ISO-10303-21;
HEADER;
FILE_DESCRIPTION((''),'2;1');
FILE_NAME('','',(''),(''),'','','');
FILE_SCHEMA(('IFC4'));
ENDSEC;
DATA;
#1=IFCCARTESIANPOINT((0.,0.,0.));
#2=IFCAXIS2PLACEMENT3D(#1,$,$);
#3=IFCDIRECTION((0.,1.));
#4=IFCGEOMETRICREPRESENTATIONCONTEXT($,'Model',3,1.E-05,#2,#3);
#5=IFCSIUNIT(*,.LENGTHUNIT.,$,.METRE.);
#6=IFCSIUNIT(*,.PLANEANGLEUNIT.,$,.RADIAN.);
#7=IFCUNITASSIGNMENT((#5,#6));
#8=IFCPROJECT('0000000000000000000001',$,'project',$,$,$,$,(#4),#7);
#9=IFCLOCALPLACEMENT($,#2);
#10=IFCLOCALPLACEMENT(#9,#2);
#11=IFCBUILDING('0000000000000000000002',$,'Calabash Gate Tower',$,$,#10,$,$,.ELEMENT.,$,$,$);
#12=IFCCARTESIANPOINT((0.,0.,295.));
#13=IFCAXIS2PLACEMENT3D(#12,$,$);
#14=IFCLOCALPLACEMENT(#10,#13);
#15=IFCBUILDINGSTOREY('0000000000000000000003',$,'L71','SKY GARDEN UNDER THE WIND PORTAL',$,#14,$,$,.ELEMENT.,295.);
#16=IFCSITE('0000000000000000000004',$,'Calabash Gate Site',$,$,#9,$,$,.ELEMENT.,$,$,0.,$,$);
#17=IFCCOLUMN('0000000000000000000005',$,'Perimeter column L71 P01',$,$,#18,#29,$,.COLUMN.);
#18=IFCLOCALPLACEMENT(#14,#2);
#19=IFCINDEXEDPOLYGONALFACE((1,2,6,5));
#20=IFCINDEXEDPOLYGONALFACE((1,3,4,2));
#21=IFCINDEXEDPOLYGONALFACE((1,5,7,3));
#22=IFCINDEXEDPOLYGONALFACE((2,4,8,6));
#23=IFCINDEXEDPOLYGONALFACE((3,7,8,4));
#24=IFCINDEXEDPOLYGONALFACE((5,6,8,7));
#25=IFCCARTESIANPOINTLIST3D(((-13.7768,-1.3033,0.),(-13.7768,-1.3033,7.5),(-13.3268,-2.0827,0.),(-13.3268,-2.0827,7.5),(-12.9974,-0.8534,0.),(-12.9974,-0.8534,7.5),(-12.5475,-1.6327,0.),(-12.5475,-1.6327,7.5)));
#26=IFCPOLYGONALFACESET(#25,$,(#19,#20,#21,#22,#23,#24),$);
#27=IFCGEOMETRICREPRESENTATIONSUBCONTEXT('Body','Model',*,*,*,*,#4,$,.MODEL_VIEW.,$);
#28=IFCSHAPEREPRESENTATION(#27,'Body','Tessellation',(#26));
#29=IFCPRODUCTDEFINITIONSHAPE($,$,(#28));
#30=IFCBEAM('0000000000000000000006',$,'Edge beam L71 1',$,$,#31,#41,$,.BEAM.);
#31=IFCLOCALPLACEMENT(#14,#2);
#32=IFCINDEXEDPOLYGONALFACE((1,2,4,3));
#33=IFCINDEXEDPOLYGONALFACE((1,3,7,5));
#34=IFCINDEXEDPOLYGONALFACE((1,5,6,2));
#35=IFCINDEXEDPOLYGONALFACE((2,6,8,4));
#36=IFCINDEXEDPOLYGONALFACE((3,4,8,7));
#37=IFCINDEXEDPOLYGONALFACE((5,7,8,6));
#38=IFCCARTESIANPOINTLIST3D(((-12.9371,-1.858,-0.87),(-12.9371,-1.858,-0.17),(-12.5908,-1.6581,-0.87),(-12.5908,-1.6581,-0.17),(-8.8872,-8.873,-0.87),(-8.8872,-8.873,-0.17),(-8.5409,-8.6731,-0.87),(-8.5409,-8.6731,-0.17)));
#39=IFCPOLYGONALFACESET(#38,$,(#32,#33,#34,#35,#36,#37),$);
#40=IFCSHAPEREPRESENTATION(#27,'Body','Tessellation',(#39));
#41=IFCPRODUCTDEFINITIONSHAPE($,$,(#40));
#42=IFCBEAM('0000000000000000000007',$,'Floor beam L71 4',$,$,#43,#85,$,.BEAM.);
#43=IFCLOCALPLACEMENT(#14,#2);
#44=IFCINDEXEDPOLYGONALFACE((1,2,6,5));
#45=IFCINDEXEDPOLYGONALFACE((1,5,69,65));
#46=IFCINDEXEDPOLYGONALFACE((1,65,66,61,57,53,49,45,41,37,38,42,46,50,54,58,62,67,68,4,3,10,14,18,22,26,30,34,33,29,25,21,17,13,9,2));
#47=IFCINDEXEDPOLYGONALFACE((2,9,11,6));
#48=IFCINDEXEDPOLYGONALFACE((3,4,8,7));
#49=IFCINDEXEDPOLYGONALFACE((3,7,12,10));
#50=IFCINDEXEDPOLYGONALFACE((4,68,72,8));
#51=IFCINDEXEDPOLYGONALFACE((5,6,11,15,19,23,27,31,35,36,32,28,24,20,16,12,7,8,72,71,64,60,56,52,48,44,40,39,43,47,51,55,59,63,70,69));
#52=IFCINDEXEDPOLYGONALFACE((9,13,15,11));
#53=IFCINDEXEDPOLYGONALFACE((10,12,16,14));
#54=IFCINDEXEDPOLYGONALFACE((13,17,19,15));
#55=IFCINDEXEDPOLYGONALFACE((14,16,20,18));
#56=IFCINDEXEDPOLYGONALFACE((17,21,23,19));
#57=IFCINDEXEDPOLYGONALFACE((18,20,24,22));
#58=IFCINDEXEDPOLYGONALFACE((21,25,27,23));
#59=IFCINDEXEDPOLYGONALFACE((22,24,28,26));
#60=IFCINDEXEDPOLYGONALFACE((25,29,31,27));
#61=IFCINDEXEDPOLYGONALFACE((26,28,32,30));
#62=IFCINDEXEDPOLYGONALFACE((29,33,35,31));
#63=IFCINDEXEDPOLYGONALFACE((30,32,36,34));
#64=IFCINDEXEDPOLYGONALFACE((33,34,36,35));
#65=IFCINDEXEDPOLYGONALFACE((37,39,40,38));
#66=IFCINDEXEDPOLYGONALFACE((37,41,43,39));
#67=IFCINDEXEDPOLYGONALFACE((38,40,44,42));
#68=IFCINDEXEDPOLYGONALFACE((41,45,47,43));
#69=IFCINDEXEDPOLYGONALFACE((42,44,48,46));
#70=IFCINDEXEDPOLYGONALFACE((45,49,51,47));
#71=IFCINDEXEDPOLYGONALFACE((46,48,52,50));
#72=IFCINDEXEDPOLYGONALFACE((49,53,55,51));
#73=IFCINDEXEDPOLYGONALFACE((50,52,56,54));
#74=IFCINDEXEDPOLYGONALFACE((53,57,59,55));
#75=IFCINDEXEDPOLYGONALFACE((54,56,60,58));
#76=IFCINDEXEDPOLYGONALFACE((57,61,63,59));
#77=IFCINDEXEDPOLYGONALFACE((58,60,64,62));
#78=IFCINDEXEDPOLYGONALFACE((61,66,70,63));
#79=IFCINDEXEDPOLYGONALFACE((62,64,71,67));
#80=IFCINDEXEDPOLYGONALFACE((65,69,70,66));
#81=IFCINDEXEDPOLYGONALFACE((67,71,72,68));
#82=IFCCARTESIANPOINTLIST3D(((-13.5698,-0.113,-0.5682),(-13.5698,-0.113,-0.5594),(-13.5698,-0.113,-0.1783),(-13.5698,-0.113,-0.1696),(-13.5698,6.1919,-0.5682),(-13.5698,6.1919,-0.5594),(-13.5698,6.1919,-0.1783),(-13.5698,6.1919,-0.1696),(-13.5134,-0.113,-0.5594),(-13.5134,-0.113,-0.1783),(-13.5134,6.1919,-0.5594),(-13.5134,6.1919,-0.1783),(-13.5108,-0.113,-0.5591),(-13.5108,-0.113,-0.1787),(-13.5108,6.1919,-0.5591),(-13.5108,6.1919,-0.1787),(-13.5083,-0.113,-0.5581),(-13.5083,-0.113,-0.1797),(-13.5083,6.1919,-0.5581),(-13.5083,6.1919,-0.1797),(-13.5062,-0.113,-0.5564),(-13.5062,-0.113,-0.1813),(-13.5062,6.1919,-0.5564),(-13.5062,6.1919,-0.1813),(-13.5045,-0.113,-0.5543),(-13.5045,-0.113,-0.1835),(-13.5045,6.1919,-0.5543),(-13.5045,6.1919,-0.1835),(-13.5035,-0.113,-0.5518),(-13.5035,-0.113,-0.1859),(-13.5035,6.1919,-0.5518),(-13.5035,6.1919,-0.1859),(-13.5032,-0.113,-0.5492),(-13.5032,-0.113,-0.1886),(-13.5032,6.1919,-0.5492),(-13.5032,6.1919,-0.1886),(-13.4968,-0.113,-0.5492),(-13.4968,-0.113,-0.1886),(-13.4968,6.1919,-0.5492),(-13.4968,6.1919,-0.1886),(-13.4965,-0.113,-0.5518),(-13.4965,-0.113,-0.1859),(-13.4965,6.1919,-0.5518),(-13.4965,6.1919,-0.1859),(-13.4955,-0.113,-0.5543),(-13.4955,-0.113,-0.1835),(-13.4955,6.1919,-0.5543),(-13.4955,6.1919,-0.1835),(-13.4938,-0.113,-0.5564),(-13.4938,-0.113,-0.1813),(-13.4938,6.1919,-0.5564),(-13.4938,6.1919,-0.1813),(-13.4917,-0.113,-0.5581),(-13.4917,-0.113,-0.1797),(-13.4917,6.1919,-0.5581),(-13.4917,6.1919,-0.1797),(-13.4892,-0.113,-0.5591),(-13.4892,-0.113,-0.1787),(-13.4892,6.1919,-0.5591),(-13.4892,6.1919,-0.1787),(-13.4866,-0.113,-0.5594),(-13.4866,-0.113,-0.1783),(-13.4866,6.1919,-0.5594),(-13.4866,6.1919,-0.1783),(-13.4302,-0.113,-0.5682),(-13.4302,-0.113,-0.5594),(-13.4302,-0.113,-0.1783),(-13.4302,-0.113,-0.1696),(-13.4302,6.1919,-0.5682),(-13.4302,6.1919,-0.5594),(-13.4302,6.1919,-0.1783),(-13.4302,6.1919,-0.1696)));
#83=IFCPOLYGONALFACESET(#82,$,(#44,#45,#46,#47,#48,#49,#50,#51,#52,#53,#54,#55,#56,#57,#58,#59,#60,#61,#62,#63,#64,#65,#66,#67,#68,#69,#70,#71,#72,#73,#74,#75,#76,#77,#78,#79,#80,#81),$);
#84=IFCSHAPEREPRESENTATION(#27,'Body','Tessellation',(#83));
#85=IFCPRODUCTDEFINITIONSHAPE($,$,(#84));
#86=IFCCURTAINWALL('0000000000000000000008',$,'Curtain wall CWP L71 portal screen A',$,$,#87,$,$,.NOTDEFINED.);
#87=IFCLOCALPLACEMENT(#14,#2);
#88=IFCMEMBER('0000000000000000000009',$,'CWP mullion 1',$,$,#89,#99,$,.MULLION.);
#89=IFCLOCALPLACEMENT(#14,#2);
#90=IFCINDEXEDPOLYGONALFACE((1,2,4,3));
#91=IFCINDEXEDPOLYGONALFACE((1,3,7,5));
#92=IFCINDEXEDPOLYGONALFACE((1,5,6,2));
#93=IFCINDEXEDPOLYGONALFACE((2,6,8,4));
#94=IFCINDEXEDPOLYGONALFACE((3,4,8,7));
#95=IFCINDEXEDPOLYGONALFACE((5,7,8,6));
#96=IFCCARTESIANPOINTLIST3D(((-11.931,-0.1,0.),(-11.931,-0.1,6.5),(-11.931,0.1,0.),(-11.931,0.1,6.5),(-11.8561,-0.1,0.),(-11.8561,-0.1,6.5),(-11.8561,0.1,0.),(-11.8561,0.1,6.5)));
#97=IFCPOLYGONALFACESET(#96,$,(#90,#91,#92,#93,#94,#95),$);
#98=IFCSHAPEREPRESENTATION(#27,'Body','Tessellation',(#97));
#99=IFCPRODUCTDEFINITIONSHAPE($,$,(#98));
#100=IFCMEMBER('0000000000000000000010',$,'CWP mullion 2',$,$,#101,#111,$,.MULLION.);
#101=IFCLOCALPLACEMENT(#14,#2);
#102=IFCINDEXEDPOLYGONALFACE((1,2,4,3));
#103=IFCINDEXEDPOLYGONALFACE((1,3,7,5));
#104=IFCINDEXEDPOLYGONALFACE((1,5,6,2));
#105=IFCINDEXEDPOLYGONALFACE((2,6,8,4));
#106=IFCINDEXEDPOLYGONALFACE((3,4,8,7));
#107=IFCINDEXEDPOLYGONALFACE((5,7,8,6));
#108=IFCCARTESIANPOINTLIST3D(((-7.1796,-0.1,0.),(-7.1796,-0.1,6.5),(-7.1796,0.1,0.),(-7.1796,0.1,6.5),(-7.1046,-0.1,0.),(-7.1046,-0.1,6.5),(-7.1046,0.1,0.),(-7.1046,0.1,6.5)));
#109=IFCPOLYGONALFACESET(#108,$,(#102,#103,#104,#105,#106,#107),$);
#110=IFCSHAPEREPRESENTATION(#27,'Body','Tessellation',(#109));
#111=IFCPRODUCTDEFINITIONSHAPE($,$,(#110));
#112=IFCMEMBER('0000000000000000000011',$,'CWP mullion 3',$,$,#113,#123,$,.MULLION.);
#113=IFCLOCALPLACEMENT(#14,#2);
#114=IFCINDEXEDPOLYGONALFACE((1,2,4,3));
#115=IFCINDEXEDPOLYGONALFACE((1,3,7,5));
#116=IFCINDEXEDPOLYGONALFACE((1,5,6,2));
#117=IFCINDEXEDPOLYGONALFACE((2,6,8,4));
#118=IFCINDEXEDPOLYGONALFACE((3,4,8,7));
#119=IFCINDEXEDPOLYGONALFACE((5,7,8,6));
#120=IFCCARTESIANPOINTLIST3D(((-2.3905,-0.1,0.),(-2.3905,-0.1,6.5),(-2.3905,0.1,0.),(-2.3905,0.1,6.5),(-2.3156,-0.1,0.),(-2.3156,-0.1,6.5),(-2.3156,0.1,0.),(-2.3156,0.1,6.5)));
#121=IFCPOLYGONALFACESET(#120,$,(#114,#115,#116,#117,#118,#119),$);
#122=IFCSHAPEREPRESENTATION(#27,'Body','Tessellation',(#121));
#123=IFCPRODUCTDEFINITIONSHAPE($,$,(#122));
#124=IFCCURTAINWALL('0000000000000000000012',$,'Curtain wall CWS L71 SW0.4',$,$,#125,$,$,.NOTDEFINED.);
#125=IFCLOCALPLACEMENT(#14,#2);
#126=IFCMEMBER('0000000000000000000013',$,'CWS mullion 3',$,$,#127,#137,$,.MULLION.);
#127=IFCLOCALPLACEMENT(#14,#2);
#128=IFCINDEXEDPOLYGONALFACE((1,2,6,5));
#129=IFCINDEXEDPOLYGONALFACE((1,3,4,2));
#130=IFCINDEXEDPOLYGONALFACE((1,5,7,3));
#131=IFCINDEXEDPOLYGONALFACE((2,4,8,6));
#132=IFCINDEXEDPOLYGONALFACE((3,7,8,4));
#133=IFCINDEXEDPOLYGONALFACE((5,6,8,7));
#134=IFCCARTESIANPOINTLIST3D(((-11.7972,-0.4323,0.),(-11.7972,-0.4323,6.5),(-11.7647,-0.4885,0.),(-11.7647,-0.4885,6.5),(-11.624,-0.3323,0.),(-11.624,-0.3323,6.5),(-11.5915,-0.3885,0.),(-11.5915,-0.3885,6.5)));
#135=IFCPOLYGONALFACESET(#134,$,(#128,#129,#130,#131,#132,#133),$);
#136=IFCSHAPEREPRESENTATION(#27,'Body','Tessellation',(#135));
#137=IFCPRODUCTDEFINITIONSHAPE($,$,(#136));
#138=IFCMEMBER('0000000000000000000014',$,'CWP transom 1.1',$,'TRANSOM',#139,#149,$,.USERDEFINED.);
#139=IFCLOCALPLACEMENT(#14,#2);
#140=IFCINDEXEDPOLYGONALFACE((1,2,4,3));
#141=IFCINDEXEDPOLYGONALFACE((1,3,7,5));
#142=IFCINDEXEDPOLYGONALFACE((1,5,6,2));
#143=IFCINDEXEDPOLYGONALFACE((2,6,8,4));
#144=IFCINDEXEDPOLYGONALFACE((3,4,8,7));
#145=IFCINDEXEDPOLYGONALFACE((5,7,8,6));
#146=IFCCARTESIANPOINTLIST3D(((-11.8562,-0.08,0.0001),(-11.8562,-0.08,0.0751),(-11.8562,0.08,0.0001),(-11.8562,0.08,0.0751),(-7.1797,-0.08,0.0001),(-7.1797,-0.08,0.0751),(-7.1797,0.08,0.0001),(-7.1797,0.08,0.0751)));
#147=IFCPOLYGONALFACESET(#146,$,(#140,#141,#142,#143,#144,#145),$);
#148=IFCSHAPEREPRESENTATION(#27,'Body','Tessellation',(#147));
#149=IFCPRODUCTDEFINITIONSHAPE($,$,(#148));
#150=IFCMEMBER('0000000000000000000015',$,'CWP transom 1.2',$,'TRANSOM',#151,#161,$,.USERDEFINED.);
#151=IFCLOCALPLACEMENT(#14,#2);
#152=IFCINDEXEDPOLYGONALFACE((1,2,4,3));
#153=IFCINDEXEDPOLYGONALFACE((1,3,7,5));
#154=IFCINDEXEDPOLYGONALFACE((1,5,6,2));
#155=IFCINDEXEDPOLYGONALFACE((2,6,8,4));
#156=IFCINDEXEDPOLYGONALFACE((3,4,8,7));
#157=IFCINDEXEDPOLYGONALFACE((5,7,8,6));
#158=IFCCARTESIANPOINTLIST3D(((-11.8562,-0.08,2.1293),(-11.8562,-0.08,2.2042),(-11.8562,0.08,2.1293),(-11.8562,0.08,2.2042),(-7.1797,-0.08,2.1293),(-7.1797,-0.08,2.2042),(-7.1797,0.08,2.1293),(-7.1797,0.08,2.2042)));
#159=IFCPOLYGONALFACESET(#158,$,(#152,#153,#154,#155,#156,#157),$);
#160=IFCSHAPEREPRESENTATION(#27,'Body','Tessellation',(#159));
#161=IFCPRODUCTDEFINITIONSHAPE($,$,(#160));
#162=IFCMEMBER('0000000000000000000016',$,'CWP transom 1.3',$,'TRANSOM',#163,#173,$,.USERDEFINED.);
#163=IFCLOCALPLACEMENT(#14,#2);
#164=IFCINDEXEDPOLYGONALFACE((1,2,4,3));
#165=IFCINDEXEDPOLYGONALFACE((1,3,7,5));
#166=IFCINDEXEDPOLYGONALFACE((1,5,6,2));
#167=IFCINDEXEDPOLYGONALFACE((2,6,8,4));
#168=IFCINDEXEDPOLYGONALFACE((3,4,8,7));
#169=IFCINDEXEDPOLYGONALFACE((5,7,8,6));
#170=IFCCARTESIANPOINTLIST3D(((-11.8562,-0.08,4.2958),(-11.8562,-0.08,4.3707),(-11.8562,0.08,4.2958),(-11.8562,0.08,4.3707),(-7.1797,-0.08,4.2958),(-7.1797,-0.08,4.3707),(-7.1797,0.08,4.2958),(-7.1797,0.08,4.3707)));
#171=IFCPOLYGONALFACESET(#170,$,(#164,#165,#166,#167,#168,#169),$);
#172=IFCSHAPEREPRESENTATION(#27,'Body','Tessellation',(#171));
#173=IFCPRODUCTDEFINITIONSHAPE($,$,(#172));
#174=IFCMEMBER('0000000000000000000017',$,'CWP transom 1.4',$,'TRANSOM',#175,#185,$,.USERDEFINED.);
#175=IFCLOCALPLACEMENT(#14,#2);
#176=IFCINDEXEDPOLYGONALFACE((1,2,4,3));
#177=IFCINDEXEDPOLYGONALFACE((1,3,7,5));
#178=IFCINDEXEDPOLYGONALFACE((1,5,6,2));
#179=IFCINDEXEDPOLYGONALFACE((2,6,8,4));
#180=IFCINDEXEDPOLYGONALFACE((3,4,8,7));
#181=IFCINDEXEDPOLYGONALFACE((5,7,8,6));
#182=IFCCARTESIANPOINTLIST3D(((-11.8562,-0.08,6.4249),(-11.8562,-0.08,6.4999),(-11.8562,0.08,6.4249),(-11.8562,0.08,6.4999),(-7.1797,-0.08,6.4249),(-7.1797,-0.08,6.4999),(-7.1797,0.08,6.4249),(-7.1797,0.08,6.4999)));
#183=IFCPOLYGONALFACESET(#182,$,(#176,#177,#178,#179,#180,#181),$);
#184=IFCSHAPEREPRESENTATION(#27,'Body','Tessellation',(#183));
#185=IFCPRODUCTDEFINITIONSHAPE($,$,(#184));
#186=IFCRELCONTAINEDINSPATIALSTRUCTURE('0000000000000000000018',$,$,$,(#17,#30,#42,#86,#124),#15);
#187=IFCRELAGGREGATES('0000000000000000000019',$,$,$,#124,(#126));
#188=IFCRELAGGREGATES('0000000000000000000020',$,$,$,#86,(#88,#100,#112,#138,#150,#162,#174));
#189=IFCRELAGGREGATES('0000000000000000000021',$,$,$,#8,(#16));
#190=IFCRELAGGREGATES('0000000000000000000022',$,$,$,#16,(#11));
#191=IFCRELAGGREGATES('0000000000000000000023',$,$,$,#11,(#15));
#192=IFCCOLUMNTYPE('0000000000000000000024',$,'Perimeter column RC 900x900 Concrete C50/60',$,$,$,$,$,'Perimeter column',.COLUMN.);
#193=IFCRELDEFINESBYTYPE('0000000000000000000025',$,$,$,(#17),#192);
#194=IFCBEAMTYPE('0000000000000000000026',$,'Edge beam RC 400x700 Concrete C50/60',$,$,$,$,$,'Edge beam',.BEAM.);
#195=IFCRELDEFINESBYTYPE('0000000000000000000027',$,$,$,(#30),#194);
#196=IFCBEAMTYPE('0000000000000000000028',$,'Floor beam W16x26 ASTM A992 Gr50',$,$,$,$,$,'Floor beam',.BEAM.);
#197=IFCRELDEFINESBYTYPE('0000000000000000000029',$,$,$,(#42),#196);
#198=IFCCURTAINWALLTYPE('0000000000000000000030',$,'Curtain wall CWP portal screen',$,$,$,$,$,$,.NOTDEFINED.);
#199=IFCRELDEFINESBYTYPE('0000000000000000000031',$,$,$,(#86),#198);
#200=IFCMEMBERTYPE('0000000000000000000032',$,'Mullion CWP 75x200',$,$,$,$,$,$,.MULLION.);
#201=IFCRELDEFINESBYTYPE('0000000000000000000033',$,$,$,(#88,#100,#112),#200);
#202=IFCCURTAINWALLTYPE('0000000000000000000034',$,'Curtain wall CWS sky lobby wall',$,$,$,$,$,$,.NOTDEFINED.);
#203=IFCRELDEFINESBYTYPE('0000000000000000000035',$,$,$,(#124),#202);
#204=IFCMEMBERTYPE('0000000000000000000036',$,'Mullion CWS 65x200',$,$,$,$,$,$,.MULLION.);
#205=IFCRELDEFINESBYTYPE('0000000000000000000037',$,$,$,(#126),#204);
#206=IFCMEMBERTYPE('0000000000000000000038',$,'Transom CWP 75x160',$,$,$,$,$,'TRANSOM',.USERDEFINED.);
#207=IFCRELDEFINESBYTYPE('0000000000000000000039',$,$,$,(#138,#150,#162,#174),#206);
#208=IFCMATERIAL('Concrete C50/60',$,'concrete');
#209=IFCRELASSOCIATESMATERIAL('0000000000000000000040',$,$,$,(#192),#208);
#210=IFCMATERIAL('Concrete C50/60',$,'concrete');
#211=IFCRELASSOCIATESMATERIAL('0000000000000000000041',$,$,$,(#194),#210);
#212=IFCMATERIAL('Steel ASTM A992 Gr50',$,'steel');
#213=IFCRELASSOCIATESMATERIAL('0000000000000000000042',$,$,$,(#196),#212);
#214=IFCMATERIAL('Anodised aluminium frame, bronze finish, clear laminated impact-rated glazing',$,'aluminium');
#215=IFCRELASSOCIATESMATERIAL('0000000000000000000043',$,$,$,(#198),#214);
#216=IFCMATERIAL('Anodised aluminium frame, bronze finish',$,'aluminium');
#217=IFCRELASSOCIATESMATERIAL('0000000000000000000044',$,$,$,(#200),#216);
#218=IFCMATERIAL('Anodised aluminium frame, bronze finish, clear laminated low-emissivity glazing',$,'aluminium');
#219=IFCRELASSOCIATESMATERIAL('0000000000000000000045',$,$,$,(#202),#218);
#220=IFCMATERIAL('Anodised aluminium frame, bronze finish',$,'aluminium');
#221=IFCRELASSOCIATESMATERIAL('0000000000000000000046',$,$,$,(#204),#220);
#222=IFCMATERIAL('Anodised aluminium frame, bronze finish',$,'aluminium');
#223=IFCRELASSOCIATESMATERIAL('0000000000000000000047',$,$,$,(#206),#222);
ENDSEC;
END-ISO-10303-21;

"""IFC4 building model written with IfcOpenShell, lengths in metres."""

from ifc_helpers import new_model, si_unit, direction, frame, origin, origin_2d, place, context, subcontext, project, spatial, rectangle, i_section, extrude, material, material_profile, profile_set, type_object, element, aggregate, save


model = new_model("IFC4")

# Units and contexts
model_context = context("Model", 3, precision=1e-05, world=origin(), true_north=direction((0.0, 1.0)))
body_context = subcontext(model_context, "Body", "Model", "MODEL_VIEW")
ifc_project = project(units=[si_unit("LENGTHUNIT", "METRE"), si_unit("PLANEANGLEUNIT", "RADIAN")], contexts=[model_context])

# Site, building, storey
site_placement = place(None, origin())
site = spatial("IfcSite", under=ifc_project, at=site_placement, Name="Calabash Gate Site", CompositionType="ELEMENT", RefElevation=0.0)
building_placement = place(site_placement, origin())
building = spatial("IfcBuilding", under=site, at=building_placement, Name="Calabash Gate Tower", CompositionType="ELEMENT")
storey_placement = place(building_placement, frame((0.0, 0.0, 295.0)))
storey = spatial("IfcBuildingStorey", under=building, at=storey_placement, Name="L71", Description="SKY GARDEN UNDER THE WIND PORTAL", CompositionType="ELEMENT", Elevation=295.0)

# Column
ifc_material_1 = material(Name="Concrete C50/60", Category="concrete")
ifc_material_profile_1 = material_profile(ifc_material_1, rectangle(XDim=0.8999, YDim=0.8999, at=origin_2d()))
ifc_profile_set_1 = profile_set([ifc_material_profile_1], Name="Concrete C50/60")
column_type = type_object("IfcColumnType", Name="Perimeter column RC 900x900 Concrete C50/60", ElementType="Perimeter column", PredefinedType="COLUMN", material=ifc_profile_set_1)
column_placement = place(storey_placement, frame((-13.1621, -1.468, 0.0), z_axis=(0.0, 0.0, 1.0), x_axis=(0.5, -0.866025, 0.0)))
element("IfcColumn", 1, at=column_placement, inside=storey, type_object=column_type, Name="Perimeter column L71 P01", PredefinedType="COLUMN", context=body_context, shape_type="SweptSolid", body=[
    extrude(rectangle(XDim=0.8999, YDim=0.8999, at=origin_2d()), origin(), (0.0, 0.0, 1.0), 7.5),
])

# Beams
ifc_material_2 = material(Name="Concrete C50/60", Category="concrete")
ifc_material_profile_2 = material_profile(ifc_material_2, rectangle(XDim=0.3999, YDim=0.7, at=origin_2d()))
ifc_profile_set_2 = profile_set([ifc_material_profile_2], Name="Concrete C50/60")
beam_type_1 = type_object("IfcBeamType", Name="Edge beam RC 400x700 Concrete C50/60", ElementType="Edge beam", PredefinedType="BEAM", material=ifc_profile_set_2)
beam_1_placement = place(storey_placement, frame((-12.7639, -1.7581, -0.52), z_axis=(0.499977, -0.866039, 0.0), x_axis=(0.866039, 0.499977, 0.0)))
element("IfcBeam", 2, at=beam_1_placement, inside=storey, type_object=beam_type_1, Name="Edge beam L71 1", PredefinedType="BEAM", context=body_context, shape_type="SweptSolid", body=[
    extrude(rectangle(XDim=0.3999, YDim=0.7, at=origin_2d()), origin(), (0.0, 0.0, 1.0), 8.1001),
])
ifc_material_3 = material(Name="Steel ASTM A992 Gr50", Category="steel")
ifc_material_profile_3 = material_profile(ifc_material_3, i_section(OverallWidth=0.1396, OverallDepth=0.3987, WebThickness=0.0063, FlangeThickness=0.0088, FilletRadius=0.0103, at=origin_2d()))
ifc_profile_set_3 = profile_set([ifc_material_profile_3], Name="Steel ASTM A992 Gr50")
beam_type_2 = type_object("IfcBeamType", Name="Floor beam W16x26 ASTM A992 Gr50", ElementType="Floor beam", PredefinedType="BEAM", material=ifc_profile_set_3)
beam_2_placement = place(storey_placement, frame((-13.5, -0.113, -0.3689), z_axis=(0.0, 1.0, 0.0), x_axis=(-1.0, 0.0, 0.0)))
element("IfcBeam", 3, at=beam_2_placement, inside=storey, type_object=beam_type_2, Name="Floor beam L71 4", PredefinedType="BEAM", context=body_context, shape_type="SweptSolid", body=[
    extrude(i_section(OverallWidth=0.1396, OverallDepth=0.3987, WebThickness=0.0063, FlangeThickness=0.0088, FilletRadius=0.0103, at=origin_2d()), origin(), (0.0, 0.0, 1.0), 6.3049),
])

# Curtain wall, members
ifc_material_4 = material(Name="Anodised aluminium frame, bronze finish, clear laminated impact-rated glazing", Category="aluminium")
curtain_wall_type_1 = type_object("IfcCurtainWallType", Name="Curtain wall CWP portal screen", PredefinedType="NOTDEFINED", material=ifc_material_4)
curtain_wall_1_placement = place(storey_placement, origin())
curtain_wall_1 = element("IfcCurtainWall", 4, at=curtain_wall_1_placement, inside=storey, type_object=curtain_wall_type_1, Name="Curtain wall CWP L71 portal screen A", PredefinedType="NOTDEFINED")
ifc_material_5 = material(Name="Anodised aluminium frame, bronze finish", Category="aluminium")
ifc_material_profile_4 = material_profile(ifc_material_5, rectangle(XDim=0.2, YDim=0.075, at=origin_2d()))
ifc_profile_set_4 = profile_set([ifc_material_profile_4], Name="Anodised aluminium frame, bronze finish")
member_type_1 = type_object("IfcMemberType", Name="Mullion CWP 75x200", PredefinedType="MULLION", material=ifc_profile_set_4)
member_1_placement = place(storey_placement, frame((-11.8936, 0.0, 0.0), z_axis=(0.0, 0.0, 1.0), x_axis=(0.0, 1.0, 0.0)))
member_1 = element("IfcMember", 5, at=member_1_placement, type_object=member_type_1, Name="CWP mullion 1", PredefinedType="MULLION", context=body_context, shape_type="SweptSolid", body=[
    extrude(rectangle(XDim=0.2, YDim=0.075, at=origin_2d()), origin(), (0.0, 0.0, 1.0), 6.5),
])
member_2_placement = place(storey_placement, frame((-7.1421, 0.0, 0.0), z_axis=(0.0, 0.0, 1.0), x_axis=(0.0, 1.0, 0.0)))
member_2 = element("IfcMember", 6, at=member_2_placement, type_object=member_type_1, Name="CWP mullion 2", PredefinedType="MULLION", context=body_context, shape_type="SweptSolid", body=[
    extrude(rectangle(XDim=0.2, YDim=0.075, at=origin_2d()), origin(), (0.0, 0.0, 1.0), 6.5),
])
member_3_placement = place(storey_placement, frame((-2.353, 0.0, 0.0), z_axis=(0.0, 0.0, 1.0), x_axis=(0.0, 1.0, 0.0)))
member_3 = element("IfcMember", 7, at=member_3_placement, type_object=member_type_1, Name="CWP mullion 3", PredefinedType="MULLION", context=body_context, shape_type="SweptSolid", body=[
    extrude(rectangle(XDim=0.2, YDim=0.075, at=origin_2d()), origin(), (0.0, 0.0, 1.0), 6.5),
])

# Curtain wall, member
ifc_material_6 = material(Name="Anodised aluminium frame, bronze finish, clear laminated low-emissivity glazing", Category="aluminium")
curtain_wall_type_2 = type_object("IfcCurtainWallType", Name="Curtain wall CWS sky lobby wall", PredefinedType="NOTDEFINED", material=ifc_material_6)
curtain_wall_2_placement = place(storey_placement, origin())
curtain_wall_2 = element("IfcCurtainWall", 8, at=curtain_wall_2_placement, inside=storey, type_object=curtain_wall_type_2, Name="Curtain wall CWS L71 SW0.4", PredefinedType="NOTDEFINED")
ifc_material_7 = material(Name="Anodised aluminium frame, bronze finish", Category="aluminium")
ifc_material_profile_5 = material_profile(ifc_material_7, rectangle(XDim=0.2, YDim=0.0649, at=origin_2d()))
ifc_profile_set_5 = profile_set([ifc_material_profile_5], Name="Anodised aluminium frame, bronze finish")
member_type_2 = type_object("IfcMemberType", Name="Mullion CWS 65x200", PredefinedType="MULLION", material=ifc_profile_set_5)
member_4_placement = place(storey_placement, frame((-11.6943, -0.4104, 0.0), z_axis=(0.0, 0.0, 1.0), x_axis=(0.866025, 0.5, 0.0)))
member_4 = element("IfcMember", 9, at=member_4_placement, type_object=member_type_2, Name="CWS mullion 3", PredefinedType="MULLION", context=body_context, shape_type="SweptSolid", body=[
    extrude(rectangle(XDim=0.2, YDim=0.0649, at=origin_2d()), origin(), (0.0, 0.0, 1.0), 6.5),
])
aggregate(curtain_wall_2, [member_4])

# Members
ifc_material_8 = material(Name="Anodised aluminium frame, bronze finish", Category="aluminium")
ifc_material_profile_6 = material_profile(ifc_material_8, rectangle(XDim=0.1599, YDim=0.075, at=origin_2d()))
ifc_profile_set_6 = profile_set([ifc_material_profile_6], Name="Anodised aluminium frame, bronze finish")
member_type_3 = type_object("IfcMemberType", Name="Transom CWP 75x160", ElementType="TRANSOM", PredefinedType="USERDEFINED", material=ifc_profile_set_6)
member_5_placement = place(storey_placement, frame((-11.8562, 0.0, 0.0376), z_axis=(1.0, 0.0, 0.0), x_axis=(0.0, 1.0, 0.0)))
member_5 = element("IfcMember", 10, at=member_5_placement, type_object=member_type_3, Name="CWP transom 1.1", ObjectType="TRANSOM", PredefinedType="USERDEFINED", context=body_context, shape_type="SweptSolid", body=[
    extrude(rectangle(XDim=0.1599, YDim=0.075, at=origin_2d()), origin(), (0.0, 0.0, 1.0), 4.6765),
])
member_6_placement = place(storey_placement, frame((-11.8562, 0.0, 2.1667), z_axis=(1.0, 0.0, 0.0), x_axis=(0.0, 1.0, 0.0)))
member_6 = element("IfcMember", 11, at=member_6_placement, type_object=member_type_3, Name="CWP transom 1.2", ObjectType="TRANSOM", PredefinedType="USERDEFINED", context=body_context, shape_type="SweptSolid", body=[
    extrude(rectangle(XDim=0.1599, YDim=0.075, at=origin_2d()), origin(), (0.0, 0.0, 1.0), 4.6765),
])
member_7_placement = place(storey_placement, frame((-11.8562, 0.0, 4.3333), z_axis=(1.0, 0.0, 0.0), x_axis=(0.0, 1.0, 0.0)))
member_7 = element("IfcMember", 12, at=member_7_placement, type_object=member_type_3, Name="CWP transom 1.3", ObjectType="TRANSOM", PredefinedType="USERDEFINED", context=body_context, shape_type="SweptSolid", body=[
    extrude(rectangle(XDim=0.1599, YDim=0.075, at=origin_2d()), origin(), (0.0, 0.0, 1.0), 4.6765),
])
member_8_placement = place(storey_placement, frame((-11.8562, 0.0, 6.4624), z_axis=(1.0, 0.0, 0.0), x_axis=(0.0, 1.0, 0.0)))
member_8 = element("IfcMember", 13, at=member_8_placement, type_object=member_type_3, Name="CWP transom 1.4", ObjectType="TRANSOM", PredefinedType="USERDEFINED", context=body_context, shape_type="SweptSolid", body=[
    extrude(rectangle(XDim=0.1599, YDim=0.075, at=origin_2d()), origin(), (0.0, 0.0, 1.0), 4.6765),
])

aggregate(curtain_wall_1, [member_1, member_2, member_3, member_5, member_6, member_7, member_8])

save(model, "model.ifc")
